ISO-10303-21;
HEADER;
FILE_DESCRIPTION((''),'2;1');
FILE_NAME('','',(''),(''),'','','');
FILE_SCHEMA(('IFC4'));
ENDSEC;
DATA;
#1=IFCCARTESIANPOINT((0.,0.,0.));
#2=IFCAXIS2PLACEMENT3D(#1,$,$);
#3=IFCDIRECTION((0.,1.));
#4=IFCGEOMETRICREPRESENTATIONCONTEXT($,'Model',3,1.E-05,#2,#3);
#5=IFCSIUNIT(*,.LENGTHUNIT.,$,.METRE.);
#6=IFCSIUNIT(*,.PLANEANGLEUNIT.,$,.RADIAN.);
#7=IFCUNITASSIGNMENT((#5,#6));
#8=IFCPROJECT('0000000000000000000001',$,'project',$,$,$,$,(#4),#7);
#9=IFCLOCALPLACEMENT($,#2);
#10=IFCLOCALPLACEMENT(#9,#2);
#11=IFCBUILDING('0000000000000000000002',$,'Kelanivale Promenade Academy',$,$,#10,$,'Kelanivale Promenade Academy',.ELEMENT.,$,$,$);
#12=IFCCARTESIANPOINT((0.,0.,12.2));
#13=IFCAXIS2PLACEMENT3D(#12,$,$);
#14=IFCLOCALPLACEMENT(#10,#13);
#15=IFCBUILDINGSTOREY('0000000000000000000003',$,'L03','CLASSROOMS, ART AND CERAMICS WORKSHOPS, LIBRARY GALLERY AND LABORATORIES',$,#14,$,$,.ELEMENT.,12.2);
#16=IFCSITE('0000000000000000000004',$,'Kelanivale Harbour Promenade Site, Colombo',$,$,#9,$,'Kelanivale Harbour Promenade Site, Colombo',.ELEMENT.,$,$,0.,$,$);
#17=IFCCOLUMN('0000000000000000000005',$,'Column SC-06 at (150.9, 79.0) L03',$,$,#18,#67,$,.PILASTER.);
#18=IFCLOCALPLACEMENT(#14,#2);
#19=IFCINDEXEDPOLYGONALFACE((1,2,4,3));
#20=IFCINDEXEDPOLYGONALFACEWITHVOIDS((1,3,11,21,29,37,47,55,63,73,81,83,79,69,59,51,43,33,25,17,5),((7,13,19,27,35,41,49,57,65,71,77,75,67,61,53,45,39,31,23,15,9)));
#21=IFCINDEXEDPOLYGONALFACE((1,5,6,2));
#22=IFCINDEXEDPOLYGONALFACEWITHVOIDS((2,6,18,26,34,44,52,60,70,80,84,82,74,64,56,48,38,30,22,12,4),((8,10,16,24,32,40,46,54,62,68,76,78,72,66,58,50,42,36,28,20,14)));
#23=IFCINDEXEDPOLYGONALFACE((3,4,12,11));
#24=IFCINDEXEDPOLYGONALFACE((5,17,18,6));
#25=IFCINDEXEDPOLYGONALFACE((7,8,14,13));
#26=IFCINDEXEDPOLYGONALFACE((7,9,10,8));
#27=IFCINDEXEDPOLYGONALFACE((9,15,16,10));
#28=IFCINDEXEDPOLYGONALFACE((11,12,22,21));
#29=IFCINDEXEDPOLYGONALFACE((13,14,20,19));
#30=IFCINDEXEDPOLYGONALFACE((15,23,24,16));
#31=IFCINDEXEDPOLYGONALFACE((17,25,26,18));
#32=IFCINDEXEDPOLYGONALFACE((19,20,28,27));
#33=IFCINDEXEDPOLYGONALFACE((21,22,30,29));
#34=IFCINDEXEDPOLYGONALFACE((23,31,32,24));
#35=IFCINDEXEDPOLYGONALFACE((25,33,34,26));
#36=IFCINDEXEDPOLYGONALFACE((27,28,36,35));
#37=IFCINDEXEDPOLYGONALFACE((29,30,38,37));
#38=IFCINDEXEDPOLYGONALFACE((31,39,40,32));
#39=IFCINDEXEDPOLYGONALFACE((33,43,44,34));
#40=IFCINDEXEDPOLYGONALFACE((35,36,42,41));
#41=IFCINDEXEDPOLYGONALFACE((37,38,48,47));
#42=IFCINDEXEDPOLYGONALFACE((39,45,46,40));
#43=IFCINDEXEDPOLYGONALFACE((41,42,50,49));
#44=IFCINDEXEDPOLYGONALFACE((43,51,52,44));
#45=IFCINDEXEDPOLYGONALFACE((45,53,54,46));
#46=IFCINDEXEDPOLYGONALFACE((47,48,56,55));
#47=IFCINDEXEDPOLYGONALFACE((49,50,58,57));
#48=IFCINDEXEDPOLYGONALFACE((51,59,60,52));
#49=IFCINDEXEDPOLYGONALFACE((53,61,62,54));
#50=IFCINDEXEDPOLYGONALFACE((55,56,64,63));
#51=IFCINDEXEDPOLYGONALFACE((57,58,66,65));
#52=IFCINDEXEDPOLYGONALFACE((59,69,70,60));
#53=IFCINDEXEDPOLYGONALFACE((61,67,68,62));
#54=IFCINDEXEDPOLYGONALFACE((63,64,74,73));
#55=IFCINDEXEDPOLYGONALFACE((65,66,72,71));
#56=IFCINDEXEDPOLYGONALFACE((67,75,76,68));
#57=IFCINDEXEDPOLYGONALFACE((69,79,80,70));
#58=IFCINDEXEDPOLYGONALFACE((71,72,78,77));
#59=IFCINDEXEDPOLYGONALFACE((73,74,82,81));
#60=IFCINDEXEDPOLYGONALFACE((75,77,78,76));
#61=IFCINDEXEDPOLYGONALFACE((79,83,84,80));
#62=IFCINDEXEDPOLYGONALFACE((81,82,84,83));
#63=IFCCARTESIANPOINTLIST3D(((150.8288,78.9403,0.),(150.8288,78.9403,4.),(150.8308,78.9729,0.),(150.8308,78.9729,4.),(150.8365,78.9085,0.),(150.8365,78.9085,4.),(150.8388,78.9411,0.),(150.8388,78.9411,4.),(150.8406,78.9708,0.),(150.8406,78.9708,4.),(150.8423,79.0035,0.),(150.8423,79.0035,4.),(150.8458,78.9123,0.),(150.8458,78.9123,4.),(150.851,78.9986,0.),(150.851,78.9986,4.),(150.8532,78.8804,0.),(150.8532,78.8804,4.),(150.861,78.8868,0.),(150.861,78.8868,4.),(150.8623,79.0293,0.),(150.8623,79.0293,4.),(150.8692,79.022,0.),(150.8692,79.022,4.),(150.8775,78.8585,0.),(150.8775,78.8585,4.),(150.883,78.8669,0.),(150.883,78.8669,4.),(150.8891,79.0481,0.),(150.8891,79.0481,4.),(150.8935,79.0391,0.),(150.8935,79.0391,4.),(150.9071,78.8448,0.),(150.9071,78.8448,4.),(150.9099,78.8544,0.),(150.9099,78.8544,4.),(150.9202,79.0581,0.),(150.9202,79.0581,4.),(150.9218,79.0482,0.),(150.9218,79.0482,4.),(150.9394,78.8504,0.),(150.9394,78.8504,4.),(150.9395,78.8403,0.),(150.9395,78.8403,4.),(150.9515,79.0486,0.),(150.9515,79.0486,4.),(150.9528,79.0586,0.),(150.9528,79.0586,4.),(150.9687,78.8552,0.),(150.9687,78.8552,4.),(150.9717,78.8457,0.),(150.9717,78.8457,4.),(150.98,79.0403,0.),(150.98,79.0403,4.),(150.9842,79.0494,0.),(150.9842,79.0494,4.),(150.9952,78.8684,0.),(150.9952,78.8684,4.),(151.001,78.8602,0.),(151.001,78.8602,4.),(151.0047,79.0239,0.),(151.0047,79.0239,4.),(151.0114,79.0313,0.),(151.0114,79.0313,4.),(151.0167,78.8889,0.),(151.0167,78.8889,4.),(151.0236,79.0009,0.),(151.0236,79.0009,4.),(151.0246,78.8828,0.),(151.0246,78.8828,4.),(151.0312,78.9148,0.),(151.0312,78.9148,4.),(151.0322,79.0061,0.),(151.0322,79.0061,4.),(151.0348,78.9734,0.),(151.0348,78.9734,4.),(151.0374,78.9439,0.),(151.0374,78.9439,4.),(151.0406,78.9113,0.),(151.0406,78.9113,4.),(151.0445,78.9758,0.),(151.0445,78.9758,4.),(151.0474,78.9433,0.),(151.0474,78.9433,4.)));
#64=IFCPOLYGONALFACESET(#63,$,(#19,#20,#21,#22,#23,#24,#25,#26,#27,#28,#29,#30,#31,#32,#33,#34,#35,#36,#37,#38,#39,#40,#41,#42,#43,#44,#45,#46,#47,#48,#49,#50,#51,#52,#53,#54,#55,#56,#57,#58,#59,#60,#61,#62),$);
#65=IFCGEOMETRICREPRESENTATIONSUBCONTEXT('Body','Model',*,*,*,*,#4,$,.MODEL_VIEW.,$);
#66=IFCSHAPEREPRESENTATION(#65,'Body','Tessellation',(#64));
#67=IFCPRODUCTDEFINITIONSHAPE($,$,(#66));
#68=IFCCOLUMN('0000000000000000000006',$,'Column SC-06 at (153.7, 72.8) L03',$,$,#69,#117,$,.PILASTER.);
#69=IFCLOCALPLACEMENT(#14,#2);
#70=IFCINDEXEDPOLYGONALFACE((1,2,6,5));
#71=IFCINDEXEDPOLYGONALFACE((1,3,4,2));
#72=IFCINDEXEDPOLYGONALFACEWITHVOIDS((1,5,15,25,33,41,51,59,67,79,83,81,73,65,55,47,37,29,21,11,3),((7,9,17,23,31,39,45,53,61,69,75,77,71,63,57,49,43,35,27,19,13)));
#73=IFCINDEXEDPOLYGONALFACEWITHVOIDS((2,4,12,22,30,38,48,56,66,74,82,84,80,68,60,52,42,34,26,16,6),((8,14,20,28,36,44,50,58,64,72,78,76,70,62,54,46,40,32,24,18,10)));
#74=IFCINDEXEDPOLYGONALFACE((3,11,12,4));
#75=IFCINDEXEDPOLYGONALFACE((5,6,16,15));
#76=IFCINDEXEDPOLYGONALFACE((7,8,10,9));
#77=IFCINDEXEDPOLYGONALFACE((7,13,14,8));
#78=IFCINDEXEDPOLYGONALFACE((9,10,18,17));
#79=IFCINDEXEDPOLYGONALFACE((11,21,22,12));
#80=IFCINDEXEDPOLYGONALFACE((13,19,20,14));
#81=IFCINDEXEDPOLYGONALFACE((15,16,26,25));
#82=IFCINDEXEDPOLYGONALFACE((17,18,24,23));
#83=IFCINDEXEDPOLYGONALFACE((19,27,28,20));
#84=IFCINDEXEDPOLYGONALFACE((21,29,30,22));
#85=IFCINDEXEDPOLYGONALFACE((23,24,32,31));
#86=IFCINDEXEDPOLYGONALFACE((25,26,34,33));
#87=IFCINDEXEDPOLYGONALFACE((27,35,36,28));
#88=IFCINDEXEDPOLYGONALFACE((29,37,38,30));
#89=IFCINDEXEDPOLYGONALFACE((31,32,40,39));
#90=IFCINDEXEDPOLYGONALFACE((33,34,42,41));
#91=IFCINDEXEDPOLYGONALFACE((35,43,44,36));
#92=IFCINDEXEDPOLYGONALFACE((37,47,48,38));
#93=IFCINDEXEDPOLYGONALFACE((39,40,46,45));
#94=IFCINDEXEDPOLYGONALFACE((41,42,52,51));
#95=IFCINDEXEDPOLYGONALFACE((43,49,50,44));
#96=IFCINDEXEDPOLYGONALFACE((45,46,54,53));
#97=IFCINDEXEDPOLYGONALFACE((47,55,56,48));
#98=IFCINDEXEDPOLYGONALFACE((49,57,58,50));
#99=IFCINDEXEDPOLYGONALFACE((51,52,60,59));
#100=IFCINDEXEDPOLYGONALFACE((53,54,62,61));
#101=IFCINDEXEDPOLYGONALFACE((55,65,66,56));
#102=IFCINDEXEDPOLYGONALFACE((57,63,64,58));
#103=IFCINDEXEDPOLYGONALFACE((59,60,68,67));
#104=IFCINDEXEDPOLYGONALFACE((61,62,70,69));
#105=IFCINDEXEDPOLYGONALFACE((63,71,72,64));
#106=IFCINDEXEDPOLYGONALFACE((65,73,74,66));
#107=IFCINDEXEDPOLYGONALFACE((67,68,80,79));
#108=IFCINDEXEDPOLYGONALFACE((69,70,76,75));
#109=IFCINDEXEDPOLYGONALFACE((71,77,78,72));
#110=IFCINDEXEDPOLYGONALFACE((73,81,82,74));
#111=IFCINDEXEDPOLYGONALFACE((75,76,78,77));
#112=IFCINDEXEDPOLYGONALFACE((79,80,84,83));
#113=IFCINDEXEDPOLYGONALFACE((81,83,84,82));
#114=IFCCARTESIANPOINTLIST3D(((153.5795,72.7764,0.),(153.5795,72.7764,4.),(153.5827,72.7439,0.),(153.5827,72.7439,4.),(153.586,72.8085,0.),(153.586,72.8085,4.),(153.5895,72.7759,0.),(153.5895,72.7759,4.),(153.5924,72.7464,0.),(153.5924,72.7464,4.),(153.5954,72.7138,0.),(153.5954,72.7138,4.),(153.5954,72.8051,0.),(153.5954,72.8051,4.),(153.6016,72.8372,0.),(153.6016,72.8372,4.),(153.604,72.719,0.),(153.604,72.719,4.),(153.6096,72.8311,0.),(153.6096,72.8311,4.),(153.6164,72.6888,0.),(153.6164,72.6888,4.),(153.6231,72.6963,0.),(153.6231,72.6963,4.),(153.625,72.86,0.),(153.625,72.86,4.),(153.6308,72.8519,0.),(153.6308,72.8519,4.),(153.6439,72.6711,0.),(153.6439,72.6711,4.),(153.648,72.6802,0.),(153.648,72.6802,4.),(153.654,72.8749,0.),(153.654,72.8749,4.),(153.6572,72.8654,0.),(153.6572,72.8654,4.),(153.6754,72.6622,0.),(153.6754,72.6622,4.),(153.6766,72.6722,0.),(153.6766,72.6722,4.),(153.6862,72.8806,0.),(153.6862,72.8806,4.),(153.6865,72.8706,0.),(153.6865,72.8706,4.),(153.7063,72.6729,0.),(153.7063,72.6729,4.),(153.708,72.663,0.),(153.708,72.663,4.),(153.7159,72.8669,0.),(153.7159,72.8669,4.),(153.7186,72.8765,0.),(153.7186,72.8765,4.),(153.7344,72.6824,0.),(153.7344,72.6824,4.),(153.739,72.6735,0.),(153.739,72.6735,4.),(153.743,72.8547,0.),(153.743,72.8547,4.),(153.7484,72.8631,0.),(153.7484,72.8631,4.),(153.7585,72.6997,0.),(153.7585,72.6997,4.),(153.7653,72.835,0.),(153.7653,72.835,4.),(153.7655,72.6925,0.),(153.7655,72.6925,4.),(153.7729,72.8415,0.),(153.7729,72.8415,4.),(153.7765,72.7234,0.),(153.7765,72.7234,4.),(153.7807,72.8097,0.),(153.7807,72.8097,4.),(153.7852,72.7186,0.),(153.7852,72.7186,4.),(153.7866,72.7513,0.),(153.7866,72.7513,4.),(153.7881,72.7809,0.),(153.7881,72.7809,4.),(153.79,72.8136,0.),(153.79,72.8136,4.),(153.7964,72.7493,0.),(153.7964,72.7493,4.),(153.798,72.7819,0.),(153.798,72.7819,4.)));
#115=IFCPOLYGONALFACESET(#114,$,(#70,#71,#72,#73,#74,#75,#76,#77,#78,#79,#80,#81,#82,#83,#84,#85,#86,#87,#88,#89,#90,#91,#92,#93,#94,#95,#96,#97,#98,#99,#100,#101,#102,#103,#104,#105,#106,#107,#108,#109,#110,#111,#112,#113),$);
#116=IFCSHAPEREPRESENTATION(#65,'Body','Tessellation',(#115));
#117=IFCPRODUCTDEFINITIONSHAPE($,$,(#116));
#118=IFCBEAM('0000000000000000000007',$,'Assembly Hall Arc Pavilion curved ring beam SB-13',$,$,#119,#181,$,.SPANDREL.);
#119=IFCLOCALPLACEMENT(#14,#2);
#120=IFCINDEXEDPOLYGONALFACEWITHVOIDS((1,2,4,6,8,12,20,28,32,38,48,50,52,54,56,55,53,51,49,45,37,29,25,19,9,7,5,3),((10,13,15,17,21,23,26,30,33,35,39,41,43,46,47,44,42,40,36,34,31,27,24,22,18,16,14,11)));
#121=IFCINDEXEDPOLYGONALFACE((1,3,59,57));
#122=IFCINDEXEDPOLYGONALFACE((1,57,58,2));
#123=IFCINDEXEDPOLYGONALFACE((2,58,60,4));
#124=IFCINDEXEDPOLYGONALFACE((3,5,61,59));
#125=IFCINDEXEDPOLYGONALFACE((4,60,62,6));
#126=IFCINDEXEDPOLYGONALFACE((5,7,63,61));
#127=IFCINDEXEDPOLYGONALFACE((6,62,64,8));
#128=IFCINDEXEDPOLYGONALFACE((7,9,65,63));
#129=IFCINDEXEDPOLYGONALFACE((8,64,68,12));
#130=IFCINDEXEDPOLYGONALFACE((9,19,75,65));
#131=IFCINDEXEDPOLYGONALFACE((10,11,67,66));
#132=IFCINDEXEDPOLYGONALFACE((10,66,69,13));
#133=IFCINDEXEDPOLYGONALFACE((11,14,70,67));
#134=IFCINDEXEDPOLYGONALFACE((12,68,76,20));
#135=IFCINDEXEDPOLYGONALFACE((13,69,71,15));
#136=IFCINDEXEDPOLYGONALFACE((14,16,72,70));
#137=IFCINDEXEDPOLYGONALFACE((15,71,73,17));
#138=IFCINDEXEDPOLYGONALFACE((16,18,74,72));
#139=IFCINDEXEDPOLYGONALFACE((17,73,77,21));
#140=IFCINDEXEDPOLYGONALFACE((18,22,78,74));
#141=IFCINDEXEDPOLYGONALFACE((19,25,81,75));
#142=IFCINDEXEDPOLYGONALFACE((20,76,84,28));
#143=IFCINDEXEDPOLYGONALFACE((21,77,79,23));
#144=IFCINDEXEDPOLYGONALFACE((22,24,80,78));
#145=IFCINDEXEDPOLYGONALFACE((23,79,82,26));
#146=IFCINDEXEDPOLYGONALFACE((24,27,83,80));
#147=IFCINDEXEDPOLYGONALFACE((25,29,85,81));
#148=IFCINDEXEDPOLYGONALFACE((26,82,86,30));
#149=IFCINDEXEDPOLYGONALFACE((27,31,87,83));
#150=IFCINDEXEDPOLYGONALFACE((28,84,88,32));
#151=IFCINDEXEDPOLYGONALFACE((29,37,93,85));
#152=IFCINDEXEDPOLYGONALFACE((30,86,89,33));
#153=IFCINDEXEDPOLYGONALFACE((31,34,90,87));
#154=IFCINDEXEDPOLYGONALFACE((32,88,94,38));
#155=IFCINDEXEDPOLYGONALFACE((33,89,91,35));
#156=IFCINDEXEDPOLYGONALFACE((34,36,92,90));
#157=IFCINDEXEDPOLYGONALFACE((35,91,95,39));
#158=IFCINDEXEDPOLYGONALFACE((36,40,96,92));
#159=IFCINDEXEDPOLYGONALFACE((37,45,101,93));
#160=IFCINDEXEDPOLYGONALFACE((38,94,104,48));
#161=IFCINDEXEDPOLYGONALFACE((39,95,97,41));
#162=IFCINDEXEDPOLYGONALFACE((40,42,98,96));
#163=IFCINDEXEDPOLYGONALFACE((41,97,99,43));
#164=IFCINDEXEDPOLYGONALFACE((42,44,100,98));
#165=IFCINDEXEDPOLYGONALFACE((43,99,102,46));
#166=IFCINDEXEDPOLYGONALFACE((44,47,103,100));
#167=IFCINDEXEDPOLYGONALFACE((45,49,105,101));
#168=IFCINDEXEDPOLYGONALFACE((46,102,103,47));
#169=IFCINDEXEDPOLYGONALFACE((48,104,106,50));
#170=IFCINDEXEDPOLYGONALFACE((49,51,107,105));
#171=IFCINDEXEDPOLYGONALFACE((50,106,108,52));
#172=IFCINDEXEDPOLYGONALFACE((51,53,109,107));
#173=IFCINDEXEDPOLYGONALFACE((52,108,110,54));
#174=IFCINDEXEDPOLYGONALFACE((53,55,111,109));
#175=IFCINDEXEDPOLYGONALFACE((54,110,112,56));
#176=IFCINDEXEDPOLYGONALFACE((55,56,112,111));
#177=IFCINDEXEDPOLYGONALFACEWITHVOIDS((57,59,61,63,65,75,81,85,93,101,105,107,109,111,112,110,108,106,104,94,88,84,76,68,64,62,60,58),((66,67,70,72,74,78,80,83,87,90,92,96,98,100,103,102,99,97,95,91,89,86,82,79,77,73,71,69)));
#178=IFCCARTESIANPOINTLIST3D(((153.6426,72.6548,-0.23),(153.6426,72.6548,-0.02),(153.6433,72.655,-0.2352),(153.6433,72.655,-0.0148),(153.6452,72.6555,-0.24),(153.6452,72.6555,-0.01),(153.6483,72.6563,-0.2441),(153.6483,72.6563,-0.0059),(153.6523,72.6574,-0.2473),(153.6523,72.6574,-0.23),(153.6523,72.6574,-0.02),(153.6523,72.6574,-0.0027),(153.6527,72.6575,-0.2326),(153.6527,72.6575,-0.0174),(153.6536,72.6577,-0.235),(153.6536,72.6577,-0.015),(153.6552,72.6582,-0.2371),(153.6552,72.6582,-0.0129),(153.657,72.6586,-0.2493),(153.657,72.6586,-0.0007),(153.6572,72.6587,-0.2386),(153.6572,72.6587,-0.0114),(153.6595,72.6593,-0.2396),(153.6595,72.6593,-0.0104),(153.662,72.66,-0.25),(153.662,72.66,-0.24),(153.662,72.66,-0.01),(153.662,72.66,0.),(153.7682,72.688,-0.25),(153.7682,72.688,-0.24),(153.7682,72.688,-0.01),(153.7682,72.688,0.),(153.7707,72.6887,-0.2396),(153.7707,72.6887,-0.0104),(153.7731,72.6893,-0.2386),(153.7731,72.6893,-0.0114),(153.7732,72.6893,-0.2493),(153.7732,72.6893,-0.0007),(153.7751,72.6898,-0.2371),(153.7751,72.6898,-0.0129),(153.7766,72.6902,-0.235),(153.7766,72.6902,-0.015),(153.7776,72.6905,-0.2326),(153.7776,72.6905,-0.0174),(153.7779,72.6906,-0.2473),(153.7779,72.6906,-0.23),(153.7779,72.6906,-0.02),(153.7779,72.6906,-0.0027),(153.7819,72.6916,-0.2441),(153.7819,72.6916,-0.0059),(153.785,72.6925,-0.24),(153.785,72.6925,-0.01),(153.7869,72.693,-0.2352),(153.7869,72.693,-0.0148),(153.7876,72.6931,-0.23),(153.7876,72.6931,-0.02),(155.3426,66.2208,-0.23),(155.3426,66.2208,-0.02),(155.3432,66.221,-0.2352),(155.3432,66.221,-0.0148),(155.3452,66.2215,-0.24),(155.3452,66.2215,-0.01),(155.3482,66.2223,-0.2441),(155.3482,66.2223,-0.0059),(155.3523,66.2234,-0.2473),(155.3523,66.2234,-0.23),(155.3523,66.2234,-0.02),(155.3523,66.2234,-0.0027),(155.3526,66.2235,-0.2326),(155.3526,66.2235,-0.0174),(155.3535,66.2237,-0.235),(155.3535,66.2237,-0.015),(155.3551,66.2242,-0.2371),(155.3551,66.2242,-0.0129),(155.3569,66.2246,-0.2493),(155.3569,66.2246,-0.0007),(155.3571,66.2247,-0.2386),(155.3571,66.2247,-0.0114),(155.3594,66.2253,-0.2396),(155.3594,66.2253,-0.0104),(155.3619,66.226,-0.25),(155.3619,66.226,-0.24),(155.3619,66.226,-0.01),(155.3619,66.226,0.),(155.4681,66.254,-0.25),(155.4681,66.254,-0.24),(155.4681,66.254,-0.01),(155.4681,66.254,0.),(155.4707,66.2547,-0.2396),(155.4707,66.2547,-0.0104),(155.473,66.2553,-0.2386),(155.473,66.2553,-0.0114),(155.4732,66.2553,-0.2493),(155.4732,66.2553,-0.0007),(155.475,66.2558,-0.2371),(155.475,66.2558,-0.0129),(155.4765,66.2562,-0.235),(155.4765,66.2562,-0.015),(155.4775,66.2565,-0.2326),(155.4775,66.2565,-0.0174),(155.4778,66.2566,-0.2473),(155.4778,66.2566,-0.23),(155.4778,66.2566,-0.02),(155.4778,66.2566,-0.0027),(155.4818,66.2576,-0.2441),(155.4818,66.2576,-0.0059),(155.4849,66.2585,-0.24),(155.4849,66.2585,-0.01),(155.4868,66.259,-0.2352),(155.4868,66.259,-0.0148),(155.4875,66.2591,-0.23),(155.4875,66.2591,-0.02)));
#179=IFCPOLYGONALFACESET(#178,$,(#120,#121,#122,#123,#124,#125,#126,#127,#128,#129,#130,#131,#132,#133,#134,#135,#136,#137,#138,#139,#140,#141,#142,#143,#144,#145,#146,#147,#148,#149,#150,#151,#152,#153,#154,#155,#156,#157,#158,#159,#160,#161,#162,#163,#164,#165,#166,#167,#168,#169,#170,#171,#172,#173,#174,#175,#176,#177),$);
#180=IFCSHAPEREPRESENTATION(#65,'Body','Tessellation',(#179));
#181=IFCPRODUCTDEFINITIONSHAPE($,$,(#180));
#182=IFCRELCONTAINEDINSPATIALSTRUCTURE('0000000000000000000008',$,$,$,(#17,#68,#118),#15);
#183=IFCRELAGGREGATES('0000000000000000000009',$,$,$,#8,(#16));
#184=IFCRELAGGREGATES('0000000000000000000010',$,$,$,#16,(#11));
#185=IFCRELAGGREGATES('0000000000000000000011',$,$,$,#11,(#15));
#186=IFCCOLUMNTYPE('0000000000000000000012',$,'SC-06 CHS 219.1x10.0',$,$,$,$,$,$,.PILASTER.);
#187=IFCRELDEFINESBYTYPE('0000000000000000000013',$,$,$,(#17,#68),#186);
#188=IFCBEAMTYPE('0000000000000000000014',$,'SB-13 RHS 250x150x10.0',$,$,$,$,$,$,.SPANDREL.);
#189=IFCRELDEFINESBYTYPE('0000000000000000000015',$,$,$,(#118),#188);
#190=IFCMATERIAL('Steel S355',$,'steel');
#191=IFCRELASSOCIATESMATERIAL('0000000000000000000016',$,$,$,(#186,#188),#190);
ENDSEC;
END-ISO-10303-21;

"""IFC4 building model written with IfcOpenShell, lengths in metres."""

from ifc_helpers import new_model, si_unit, direction, frame, origin, origin_2d, place, context, subcontext, project, spatial, hollow_rectangle, hollow_circle, extrude, material, material_profile, profile_set, type_object, element, save


model = new_model("IFC4")

# Units and contexts
model_context = context("Model", 3, precision=1e-05, world=origin(), true_north=direction((0.0, 1.0)))
body_context = subcontext(model_context, "Body", "Model", "MODEL_VIEW")
ifc_project = project(units=[si_unit("LENGTHUNIT", "METRE"), si_unit("PLANEANGLEUNIT", "RADIAN")], contexts=[model_context])

# Site, building, storey
site_placement = place(None, origin())
site = spatial("IfcSite", under=ifc_project, at=site_placement, Name="Kelanivale Harbour Promenade Site, Colombo", LongName="Kelanivale Harbour Promenade Site, Colombo", CompositionType="ELEMENT", RefElevation=0.0)
building_placement = place(site_placement, origin())
building = spatial("IfcBuilding", under=site, at=building_placement, Name="Kelanivale Promenade Academy", LongName="Kelanivale Promenade Academy", CompositionType="ELEMENT")
storey_placement = place(building_placement, frame((0.0, 0.0, 12.2)))
storey = spatial("IfcBuildingStorey", under=building, at=storey_placement, Name="L03", Description="CLASSROOMS, ART AND CERAMICS WORKSHOPS, LIBRARY GALLERY AND LABORATORIES", CompositionType="ELEMENT", Elevation=12.2)

# Columns
ifc_material_1 = material(Name="Steel S355", Category="steel")
ifc_material_profile_1 = material_profile(ifc_material_1, hollow_circle(Radius=0.1096, WallThickness=0.01, at=origin_2d()), Name="CHS 219.1x10.0")
ifc_profile_set_1 = profile_set([ifc_material_profile_1], Name="Steel S355")
column_type_1 = type_object("IfcColumnType", Name="SC-06 CHS 219.1x10.0", PredefinedType="PILASTER", material=ifc_profile_set_1)
for number, where, z_axis, x_axis, name in (
    (1, (150.938, 78.95, 0.0), (0.0, 0.0, 1.0), (-0.446198, 0.894934, 0.0), "Column SC-06 at (150.9, 79.0) L03"),
    (2, (153.689, 72.771, 0.0), (0.0, 0.0, 1.0), (-0.318628, 0.94788, 0.0), "Column SC-06 at (153.7, 72.8) L03"),
):
    element("IfcColumn", number, at=place(storey_placement, frame(where, z_axis=z_axis, x_axis=x_axis)), inside=storey, type_object=column_type_1, Name=name, PredefinedType="PILASTER", context=body_context, shape_type="SweptSolid", body=[
        extrude(hollow_circle(Radius=0.1096, WallThickness=0.01, at=origin_2d()), origin(), (0.0, 0.0, 1.0), 4.0),
    ])

# Beam
ifc_material_profile_2 = material_profile(ifc_material_1, hollow_rectangle(XDim=0.1499, YDim=0.25, WallThickness=0.01, InnerFilletRadius=0.01, OuterFilletRadius=0.02, at=origin_2d()), Name="RHS 250x150x10.0")
ifc_profile_set_2 = profile_set([ifc_material_profile_2], Name="Steel S355")
beam_type = type_object("IfcBeamType", Name="SB-13 RHS 250x150x10.0", PredefinedType="SPANDREL", material=ifc_profile_set_2)
beam_1_placement = place(storey_placement, frame((155.415, 66.24, -0.125), z_axis=(-0.255445, 0.966824, 0.0), x_axis=(-0.966824, -0.255445, 0.0)))
element("IfcBeam", 3, at=beam_1_placement, inside=storey, type_object=beam_type, Name="Assembly Hall Arc Pavilion curved ring beam SB-13", PredefinedType="SPANDREL", context=body_context, shape_type="SweptSolid", body=[
    extrude(hollow_rectangle(XDim=0.1499, YDim=0.25, WallThickness=0.01, InnerFilletRadius=0.01, OuterFilletRadius=0.02, at=origin_2d()), origin(), (0.0, 0.0, 1.0), 6.6548),
])

save(model, "model.ifc")
